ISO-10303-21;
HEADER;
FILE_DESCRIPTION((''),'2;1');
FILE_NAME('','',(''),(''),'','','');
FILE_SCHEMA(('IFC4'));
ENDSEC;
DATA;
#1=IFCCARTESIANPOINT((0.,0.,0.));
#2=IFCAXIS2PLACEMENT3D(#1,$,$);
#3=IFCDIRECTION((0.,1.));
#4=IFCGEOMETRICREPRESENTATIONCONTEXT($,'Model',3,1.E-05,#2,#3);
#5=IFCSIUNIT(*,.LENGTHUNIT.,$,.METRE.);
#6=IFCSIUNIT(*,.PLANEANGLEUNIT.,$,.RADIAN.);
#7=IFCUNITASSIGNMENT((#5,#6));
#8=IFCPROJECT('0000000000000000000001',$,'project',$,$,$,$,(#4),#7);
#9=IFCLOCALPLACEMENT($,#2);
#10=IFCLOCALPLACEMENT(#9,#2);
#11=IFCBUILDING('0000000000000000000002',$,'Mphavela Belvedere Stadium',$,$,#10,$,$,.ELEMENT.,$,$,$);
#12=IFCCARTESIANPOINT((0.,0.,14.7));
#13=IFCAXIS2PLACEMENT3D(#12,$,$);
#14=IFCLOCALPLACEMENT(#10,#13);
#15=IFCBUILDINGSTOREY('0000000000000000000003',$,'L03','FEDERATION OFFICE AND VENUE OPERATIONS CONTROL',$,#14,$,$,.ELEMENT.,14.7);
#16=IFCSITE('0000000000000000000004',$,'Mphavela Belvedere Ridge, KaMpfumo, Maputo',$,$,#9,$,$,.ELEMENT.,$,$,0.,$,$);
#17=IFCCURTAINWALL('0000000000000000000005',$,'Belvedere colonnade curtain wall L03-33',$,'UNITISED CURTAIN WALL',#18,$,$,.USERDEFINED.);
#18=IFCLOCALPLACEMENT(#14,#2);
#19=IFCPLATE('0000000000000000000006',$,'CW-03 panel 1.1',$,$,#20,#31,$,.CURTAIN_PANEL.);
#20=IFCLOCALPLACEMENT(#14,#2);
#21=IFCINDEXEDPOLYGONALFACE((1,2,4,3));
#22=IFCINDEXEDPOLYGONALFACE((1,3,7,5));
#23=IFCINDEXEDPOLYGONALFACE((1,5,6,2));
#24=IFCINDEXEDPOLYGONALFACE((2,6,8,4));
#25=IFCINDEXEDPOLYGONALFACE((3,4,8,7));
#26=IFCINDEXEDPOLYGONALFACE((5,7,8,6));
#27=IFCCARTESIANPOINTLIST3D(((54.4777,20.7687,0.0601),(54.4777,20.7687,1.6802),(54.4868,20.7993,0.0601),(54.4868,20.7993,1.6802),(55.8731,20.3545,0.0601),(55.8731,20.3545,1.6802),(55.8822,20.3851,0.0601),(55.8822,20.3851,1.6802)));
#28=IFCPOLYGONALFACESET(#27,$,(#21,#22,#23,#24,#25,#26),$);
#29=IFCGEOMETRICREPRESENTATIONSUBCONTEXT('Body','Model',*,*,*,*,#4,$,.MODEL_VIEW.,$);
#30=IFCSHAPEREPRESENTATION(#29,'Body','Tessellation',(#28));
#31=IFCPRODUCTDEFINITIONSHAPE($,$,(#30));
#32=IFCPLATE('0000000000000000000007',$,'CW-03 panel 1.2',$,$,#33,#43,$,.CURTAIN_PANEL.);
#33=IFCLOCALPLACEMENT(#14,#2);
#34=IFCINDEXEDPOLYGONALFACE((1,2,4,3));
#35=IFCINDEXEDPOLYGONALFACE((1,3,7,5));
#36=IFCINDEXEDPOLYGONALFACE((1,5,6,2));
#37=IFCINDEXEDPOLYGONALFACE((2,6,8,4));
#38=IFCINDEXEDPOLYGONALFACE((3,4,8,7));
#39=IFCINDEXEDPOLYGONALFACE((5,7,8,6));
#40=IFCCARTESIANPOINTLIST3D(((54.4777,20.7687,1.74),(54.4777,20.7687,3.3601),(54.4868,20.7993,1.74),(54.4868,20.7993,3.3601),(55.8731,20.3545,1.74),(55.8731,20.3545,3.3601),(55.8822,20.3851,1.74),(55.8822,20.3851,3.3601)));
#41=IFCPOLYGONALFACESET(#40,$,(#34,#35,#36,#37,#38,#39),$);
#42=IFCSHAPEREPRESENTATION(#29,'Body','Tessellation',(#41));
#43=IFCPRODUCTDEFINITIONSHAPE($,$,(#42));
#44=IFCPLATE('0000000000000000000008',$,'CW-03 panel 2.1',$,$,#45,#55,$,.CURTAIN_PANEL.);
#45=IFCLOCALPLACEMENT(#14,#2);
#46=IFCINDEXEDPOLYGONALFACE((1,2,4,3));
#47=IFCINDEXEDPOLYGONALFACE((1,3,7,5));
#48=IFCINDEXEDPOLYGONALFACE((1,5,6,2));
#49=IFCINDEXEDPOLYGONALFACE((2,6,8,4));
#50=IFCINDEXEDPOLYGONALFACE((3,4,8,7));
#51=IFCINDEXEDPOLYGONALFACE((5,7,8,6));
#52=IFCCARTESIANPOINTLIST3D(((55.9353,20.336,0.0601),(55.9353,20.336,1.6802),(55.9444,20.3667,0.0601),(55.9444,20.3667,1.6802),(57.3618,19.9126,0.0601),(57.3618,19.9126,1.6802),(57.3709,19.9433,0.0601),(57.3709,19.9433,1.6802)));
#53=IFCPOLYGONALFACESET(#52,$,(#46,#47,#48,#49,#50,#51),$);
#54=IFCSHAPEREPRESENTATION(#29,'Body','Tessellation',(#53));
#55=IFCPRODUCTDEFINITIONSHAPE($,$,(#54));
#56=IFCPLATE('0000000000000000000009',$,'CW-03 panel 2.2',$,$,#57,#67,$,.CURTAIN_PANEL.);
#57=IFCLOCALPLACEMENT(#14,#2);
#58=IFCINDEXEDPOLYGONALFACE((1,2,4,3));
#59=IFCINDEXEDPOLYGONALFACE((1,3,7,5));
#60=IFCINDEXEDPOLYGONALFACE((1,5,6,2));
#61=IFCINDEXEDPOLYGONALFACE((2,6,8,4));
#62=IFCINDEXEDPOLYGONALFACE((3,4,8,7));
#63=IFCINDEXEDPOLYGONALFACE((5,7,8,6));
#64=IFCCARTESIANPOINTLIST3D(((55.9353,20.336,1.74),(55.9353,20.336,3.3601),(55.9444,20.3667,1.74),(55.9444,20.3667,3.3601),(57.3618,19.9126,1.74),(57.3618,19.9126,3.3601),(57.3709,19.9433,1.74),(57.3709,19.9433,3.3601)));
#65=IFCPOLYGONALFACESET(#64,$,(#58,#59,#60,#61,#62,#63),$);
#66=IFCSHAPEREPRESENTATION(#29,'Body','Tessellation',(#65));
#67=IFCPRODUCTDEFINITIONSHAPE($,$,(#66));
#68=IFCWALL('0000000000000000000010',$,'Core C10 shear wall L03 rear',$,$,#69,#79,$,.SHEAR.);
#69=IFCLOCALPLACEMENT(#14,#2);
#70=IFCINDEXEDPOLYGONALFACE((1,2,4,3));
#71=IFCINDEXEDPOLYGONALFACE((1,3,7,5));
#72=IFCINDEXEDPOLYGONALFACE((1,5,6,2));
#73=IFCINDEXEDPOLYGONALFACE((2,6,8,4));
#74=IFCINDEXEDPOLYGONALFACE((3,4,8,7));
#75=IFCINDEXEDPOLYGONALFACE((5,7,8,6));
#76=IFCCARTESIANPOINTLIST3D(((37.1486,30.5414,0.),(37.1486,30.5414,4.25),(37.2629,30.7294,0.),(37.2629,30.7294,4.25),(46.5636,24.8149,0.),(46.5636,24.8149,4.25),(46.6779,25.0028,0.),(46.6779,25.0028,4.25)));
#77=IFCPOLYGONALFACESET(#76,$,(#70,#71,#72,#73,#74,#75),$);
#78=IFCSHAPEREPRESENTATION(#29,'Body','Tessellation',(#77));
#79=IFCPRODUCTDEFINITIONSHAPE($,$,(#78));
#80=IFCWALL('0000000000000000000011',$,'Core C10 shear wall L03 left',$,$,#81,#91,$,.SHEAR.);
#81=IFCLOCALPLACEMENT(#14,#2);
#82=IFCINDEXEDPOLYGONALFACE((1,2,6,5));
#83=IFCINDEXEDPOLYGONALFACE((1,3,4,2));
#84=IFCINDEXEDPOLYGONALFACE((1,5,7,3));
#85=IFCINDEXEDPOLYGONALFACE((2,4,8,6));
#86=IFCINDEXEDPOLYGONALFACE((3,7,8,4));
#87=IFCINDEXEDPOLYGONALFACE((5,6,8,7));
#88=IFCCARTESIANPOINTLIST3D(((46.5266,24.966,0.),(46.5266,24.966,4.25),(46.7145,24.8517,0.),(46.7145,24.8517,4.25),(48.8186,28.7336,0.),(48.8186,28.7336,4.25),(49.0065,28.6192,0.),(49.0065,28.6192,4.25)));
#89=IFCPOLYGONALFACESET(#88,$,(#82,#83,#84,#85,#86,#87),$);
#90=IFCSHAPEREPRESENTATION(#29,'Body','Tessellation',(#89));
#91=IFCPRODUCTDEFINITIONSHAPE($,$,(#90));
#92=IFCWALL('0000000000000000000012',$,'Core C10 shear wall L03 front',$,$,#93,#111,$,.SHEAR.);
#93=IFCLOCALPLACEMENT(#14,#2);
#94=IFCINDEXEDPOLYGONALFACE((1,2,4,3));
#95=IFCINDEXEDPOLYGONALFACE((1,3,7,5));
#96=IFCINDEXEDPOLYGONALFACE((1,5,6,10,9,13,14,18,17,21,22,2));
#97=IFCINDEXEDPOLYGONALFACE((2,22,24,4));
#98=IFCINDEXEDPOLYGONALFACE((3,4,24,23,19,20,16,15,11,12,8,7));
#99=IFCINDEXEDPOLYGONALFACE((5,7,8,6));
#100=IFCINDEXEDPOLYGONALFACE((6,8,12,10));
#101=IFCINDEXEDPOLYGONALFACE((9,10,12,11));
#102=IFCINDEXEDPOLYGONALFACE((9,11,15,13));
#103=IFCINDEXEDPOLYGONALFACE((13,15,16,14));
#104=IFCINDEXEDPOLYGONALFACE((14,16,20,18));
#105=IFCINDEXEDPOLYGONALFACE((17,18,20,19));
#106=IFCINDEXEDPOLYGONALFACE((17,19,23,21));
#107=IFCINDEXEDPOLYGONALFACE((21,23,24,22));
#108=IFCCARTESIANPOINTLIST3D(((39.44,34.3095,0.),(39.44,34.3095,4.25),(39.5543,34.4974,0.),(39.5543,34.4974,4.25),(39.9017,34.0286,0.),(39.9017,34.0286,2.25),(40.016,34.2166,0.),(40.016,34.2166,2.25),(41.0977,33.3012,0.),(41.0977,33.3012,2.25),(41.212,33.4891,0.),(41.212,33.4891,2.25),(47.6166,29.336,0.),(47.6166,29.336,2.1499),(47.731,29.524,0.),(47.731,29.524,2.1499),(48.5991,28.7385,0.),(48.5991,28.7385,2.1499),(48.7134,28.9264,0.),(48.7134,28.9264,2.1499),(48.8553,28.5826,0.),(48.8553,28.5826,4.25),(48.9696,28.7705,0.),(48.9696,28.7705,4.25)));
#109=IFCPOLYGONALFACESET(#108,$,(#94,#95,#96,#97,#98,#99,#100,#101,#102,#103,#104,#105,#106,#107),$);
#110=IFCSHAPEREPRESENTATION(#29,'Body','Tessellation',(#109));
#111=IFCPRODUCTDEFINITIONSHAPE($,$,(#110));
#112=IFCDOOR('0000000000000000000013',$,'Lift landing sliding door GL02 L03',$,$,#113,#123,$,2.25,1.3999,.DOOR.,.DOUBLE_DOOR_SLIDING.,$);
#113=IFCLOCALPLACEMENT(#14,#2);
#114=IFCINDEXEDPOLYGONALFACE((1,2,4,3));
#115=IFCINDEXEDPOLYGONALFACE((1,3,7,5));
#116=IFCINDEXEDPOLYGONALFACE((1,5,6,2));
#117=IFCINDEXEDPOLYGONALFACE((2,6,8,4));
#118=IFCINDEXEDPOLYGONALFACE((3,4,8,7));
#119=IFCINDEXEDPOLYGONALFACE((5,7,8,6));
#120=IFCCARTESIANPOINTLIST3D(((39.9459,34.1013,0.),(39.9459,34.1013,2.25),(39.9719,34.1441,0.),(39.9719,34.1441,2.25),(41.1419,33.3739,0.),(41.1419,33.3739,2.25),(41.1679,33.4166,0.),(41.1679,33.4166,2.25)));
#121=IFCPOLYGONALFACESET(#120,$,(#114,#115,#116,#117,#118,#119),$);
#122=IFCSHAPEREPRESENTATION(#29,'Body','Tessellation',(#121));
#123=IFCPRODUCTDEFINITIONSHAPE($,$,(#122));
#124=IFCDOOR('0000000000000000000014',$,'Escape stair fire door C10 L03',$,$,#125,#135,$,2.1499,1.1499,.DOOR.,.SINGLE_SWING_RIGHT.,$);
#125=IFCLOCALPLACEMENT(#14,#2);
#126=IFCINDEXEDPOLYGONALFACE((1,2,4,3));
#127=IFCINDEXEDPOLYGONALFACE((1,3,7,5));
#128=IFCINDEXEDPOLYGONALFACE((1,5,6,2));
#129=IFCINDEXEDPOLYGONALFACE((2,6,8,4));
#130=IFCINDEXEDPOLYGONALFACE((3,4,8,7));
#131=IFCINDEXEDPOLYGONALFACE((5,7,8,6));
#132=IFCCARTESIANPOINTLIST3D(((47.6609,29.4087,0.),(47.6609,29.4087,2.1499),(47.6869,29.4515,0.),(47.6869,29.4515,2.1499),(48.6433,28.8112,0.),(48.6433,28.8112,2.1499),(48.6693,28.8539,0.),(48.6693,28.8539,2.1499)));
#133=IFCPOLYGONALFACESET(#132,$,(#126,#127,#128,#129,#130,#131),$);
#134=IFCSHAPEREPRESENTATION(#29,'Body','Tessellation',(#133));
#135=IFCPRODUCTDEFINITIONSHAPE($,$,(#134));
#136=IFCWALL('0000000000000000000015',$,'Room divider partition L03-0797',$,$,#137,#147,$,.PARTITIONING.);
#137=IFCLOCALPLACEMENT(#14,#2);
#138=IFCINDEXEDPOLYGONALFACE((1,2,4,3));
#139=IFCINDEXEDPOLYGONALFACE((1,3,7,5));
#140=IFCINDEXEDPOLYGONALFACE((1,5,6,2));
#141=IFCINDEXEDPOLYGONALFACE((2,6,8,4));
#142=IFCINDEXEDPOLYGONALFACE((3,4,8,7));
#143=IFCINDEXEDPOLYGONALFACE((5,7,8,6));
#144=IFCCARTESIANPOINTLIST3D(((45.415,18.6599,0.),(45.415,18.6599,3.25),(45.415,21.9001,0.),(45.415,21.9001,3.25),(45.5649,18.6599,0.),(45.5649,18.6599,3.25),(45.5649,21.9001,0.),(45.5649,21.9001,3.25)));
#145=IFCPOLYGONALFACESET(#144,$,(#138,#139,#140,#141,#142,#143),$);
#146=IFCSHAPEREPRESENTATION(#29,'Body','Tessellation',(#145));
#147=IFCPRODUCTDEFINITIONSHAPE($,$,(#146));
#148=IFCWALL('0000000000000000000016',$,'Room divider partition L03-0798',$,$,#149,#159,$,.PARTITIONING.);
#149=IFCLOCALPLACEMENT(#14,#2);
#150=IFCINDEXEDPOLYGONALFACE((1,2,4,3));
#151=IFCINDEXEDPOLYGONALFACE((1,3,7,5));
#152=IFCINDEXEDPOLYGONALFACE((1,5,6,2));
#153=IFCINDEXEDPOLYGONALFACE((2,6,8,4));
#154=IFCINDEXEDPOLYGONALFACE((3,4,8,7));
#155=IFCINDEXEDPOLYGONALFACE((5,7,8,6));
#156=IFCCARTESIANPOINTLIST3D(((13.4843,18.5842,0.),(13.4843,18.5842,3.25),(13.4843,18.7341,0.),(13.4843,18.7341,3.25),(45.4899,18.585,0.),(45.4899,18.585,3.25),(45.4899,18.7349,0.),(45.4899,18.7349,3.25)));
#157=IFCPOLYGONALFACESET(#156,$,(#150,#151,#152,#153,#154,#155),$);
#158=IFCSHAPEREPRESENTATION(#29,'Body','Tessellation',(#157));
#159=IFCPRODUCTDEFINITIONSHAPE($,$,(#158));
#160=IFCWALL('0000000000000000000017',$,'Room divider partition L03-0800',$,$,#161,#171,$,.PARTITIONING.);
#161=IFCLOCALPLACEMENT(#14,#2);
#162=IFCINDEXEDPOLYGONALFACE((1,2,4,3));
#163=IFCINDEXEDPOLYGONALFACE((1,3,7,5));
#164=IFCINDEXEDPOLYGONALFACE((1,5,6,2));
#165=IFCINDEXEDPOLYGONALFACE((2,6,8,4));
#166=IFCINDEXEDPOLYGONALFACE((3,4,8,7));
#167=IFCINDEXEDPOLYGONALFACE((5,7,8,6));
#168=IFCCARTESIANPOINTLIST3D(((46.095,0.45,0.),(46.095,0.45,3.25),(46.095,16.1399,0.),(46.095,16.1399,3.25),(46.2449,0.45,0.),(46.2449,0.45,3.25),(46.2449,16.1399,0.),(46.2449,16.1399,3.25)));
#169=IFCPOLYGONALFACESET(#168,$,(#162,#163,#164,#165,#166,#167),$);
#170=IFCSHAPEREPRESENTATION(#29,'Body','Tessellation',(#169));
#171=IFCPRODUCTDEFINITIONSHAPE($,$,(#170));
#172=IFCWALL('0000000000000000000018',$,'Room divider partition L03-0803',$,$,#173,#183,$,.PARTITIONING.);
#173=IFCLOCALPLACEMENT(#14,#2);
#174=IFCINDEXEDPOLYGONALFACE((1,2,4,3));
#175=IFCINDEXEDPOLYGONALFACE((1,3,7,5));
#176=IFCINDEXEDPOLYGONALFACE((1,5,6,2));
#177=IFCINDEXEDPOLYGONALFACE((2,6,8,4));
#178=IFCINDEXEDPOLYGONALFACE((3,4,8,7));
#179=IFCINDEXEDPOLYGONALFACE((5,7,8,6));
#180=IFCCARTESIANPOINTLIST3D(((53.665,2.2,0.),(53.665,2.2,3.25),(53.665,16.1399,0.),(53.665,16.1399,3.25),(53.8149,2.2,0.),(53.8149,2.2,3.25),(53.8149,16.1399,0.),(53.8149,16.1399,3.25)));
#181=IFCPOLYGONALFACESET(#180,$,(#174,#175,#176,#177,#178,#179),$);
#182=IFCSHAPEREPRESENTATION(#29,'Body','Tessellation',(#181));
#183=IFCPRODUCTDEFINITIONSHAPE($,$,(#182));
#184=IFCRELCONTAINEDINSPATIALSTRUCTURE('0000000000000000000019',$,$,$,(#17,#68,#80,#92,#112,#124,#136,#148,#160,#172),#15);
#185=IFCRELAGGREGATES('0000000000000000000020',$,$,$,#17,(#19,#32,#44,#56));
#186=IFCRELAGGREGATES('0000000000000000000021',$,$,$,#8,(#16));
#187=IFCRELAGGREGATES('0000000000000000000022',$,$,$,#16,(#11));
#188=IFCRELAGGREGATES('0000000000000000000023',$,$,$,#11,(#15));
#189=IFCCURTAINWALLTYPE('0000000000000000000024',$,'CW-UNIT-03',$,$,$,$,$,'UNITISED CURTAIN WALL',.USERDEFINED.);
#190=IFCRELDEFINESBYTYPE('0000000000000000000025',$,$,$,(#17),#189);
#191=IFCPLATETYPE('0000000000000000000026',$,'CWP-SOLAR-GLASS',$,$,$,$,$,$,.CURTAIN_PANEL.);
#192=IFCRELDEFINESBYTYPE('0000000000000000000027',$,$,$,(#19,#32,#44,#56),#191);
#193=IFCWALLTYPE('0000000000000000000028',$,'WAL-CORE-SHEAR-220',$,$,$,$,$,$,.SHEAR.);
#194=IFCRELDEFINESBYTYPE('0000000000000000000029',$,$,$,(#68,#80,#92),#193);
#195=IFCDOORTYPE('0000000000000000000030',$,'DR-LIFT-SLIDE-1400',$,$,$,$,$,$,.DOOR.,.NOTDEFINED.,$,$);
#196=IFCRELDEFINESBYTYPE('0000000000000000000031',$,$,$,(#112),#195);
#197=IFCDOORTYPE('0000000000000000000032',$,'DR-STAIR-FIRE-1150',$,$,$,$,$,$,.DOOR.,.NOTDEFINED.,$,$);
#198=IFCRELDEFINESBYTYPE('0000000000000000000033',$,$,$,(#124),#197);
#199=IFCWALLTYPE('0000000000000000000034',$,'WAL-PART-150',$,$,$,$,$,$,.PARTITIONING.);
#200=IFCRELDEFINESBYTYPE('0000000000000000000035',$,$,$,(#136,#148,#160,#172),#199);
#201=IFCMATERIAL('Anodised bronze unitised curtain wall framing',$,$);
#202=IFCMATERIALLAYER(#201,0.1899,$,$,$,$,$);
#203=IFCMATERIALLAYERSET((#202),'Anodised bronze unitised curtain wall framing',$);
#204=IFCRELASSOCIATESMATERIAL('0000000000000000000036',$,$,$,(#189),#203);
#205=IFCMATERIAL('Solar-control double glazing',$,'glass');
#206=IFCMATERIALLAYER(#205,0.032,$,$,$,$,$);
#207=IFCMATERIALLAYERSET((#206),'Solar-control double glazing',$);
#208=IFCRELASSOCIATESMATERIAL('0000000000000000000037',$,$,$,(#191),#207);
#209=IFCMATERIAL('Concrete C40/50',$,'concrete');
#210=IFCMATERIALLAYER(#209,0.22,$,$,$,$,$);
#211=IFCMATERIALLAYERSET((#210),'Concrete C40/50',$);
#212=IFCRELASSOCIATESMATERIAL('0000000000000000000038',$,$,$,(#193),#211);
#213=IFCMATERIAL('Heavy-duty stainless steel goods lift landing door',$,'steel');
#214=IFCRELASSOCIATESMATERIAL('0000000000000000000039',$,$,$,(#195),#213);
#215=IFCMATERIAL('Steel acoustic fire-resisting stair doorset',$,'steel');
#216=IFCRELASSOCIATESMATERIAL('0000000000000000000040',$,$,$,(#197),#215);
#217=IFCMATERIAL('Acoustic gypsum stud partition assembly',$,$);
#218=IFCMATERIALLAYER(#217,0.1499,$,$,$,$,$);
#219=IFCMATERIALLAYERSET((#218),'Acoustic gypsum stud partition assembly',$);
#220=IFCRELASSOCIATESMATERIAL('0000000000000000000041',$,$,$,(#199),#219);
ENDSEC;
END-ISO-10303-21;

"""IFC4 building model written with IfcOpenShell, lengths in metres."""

from ifc_helpers import new_model, si_unit, direction, frame, frame_2d, origin, origin_2d, place, context, subcontext, project, spatial, rectangle, extrude, material, layer, layer_set, type_object, element, fill, aggregate, save


model = new_model("IFC4")

# Units and contexts
model_context = context("Model", 3, precision=1e-05, world=origin(), true_north=direction((0.0, 1.0)))
body_context = subcontext(model_context, "Body", "Model", "MODEL_VIEW")
ifc_project = project(units=[si_unit("LENGTHUNIT", "METRE"), si_unit("PLANEANGLEUNIT", "RADIAN")], contexts=[model_context])

# Site, building, storey
site_placement = place(None, origin())
site = spatial("IfcSite", under=ifc_project, at=site_placement, Name="Mphavela Belvedere Ridge, KaMpfumo, Maputo", CompositionType="ELEMENT", RefElevation=0.0)
building_placement = place(site_placement, origin())
building = spatial("IfcBuilding", under=site, at=building_placement, Name="Mphavela Belvedere Stadium", CompositionType="ELEMENT")
storey_placement = place(building_placement, frame((0.0, 0.0, 14.7)))
storey = spatial("IfcBuildingStorey", under=building, at=storey_placement, Name="L03", Description="FEDERATION OFFICE AND VENUE OPERATIONS CONTROL", CompositionType="ELEMENT", Elevation=14.7)

# Curtain wall, plates
ifc_material_1 = material(Name="Anodised bronze unitised curtain wall framing")
ifc_layer_1 = layer(ifc_material_1, 0.1899)
ifc_layer_set_1 = layer_set([ifc_layer_1], Name="Anodised bronze unitised curtain wall framing")
curtain_wall_type = type_object("IfcCurtainWallType", Name="CW-UNIT-03", ElementType="UNITISED CURTAIN WALL", PredefinedType="USERDEFINED", material=ifc_layer_set_1)
curtain_wall_placement = place(storey_placement, origin())
curtain_wall = element("IfcCurtainWall", 1, at=curtain_wall_placement, inside=storey, type_object=curtain_wall_type, Name="Belvedere colonnade curtain wall L03-33", ObjectType="UNITISED CURTAIN WALL", PredefinedType="USERDEFINED")
ifc_material_2 = material(Name="Solar-control double glazing", Category="glass")
ifc_layer_2 = layer(ifc_material_2, 0.032)
ifc_layer_set_2 = layer_set([ifc_layer_2], Name="Solar-control double glazing")
plate_type = type_object("IfcPlateType", Name="CWP-SOLAR-GLASS", PredefinedType="CURTAIN_PANEL", material=ifc_layer_set_2)
plate_1_placement = place(storey_placement, frame((55.1799, 20.5769, 0.0601), z_axis=(0.0, 0.0, 1.0), x_axis=(0.958657, -0.284565, 0.0)))
plate_1 = element("IfcPlate", 2, at=plate_1_placement, type_object=plate_type, Name="CW-03 panel 1.1", PredefinedType="CURTAIN_PANEL", context=body_context, shape_type="SweptSolid", body=[
    extrude(rectangle(XDim=1.4556, YDim=0.032, at=origin_2d()), origin(), (0.0, 0.0, 1.0), 1.6201),
])
plate_2_placement = place(storey_placement, frame((55.1799, 20.5769, 1.74), z_axis=(0.0, 0.0, 1.0), x_axis=(0.958657, -0.284565, 0.0)))
plate_2 = element("IfcPlate", 3, at=plate_2_placement, type_object=plate_type, Name="CW-03 panel 1.2", PredefinedType="CURTAIN_PANEL", context=body_context, shape_type="SweptSolid", body=[
    extrude(rectangle(XDim=1.4556, YDim=0.032, at=origin_2d()), origin(), (0.0, 0.0, 1.0), 1.6201),
])
plate_3_placement = place(storey_placement, frame((56.6531, 20.1396, 0.0601), z_axis=(0.0, 0.0, 1.0), x_axis=(0.958657, -0.284565, 0.0)))
plate_3 = element("IfcPlate", 4, at=plate_3_placement, type_object=plate_type, Name="CW-03 panel 2.1", PredefinedType="CURTAIN_PANEL", context=body_context, shape_type="SweptSolid", body=[
    extrude(rectangle(XDim=1.488, YDim=0.032, at=origin_2d()), origin(), (0.0, 0.0, 1.0), 1.6201),
])
plate_4_placement = place(storey_placement, frame((56.6531, 20.1396, 1.74), z_axis=(0.0, 0.0, 1.0), x_axis=(0.958657, -0.284565, 0.0)))
plate_4 = element("IfcPlate", 5, at=plate_4_placement, type_object=plate_type, Name="CW-03 panel 2.2", PredefinedType="CURTAIN_PANEL", context=body_context, shape_type="SweptSolid", body=[
    extrude(rectangle(XDim=1.488, YDim=0.032, at=origin_2d()), origin(), (0.0, 0.0, 1.0), 1.6201),
])
aggregate(curtain_wall, [plate_1, plate_2, plate_3, plate_4])

# Walls
ifc_material_3 = material(Name="Concrete C40/50", Category="concrete")
ifc_layer_3 = layer(ifc_material_3, 0.22)
ifc_layer_set_3 = layer_set([ifc_layer_3], Name="Concrete C40/50")
wall_type_1 = type_object("IfcWallType", Name="WAL-CORE-SHEAR-220", PredefinedType="SHEAR", material=ifc_layer_set_3)
wall_1_placement = place(storey_placement, frame((46.6206, 24.9089, 0.0), z_axis=(0.0, 0.0, 1.0), x_axis=(-0.854373, 0.51966, 0.0)))
element("IfcWall", 6, at=wall_1_placement, inside=storey, type_object=wall_type_1, Name="Core C10 shear wall L03 rear", PredefinedType="SHEAR", context=body_context, shape_type="SweptSolid", body=[
    extrude(rectangle(XDim=11.0198, YDim=0.22, at=frame_2d((5.5098, 0.0))), origin(), (0.0, 0.0, 1.0), 4.25),
])
wall_2_placement = place(storey_placement, frame((48.9126, 28.6765, 0.0), z_axis=(0.0, 0.0, 1.0), x_axis=(-0.519729, -0.854331, 0.0)))
element("IfcWall", 7, at=wall_2_placement, inside=storey, type_object=wall_type_1, Name="Core C10 shear wall L03 left", PredefinedType="SHEAR", context=body_context, shape_type="SweptSolid", body=[
    extrude(rectangle(XDim=4.4099, YDim=0.22, at=frame_2d((2.2051, 0.0))), origin(), (0.0, 0.0, 1.0), 4.25),
])

# Wall, openings, doors
wall_3_placement = place(storey_placement, frame((48.9126, 28.6765, 0.0), z_axis=(0.0, 0.0, 1.0), x_axis=(-0.854369, 0.519666, 0.0)))
wall_3 = element("IfcWall", 8, at=wall_3_placement, inside=storey, type_object=wall_type_1, Name="Core C10 shear wall L03 front", PredefinedType="SHEAR", context=body_context, shape_type="SweptSolid", body=[
    extrude(rectangle(XDim=11.0203, YDim=0.22, at=frame_2d((5.5103, 0.0))), origin(), (0.0, 0.0, 1.0), 4.25),
])
opening_1_placement = place(wall_3_placement, frame((0.3, 0.0, 0.0)))
opening_1 = element("IfcOpeningElement", 9, at=opening_1_placement, cuts=wall_3, PredefinedType="OPENING", context=body_context, shape_type="SweptSolid", body=[
    extrude(rectangle(XDim=1.1499, YDim=2.1499, at=frame_2d((0.575, 1.075))), frame((0.0, 0.1201, 0.0), z_axis=(0.0, -1.0, 0.0), x_axis=(1.0, 0.0, 0.0)), (0.0, 0.0, 1.0), 0.24),
])
opening_2_placement = place(wall_3_placement, frame((9.0801, 0.0, 0.0)))
opening_2 = element("IfcOpeningElement", 10, at=opening_2_placement, cuts=wall_3, PredefinedType="OPENING", context=body_context, shape_type="SweptSolid", body=[
    extrude(rectangle(XDim=1.3999, YDim=2.25, at=frame_2d((0.7, 1.125))), frame((0.0, 0.1201, 0.0), z_axis=(0.0, -1.0, 0.0), x_axis=(1.0, 0.0, 0.0)), (0.0, 0.0, 1.0), 0.24),
])
ifc_material_4 = material(Name="Heavy-duty stainless steel goods lift landing door", Category="steel")
door_type_1 = type_object("IfcDoorType", Name="DR-LIFT-SLIDE-1400", OperationType="NOTDEFINED", PredefinedType="DOOR", material=ifc_material_4)
door_1_placement = place(opening_2_placement, origin())
door_1 = element("IfcDoor", 11, at=door_1_placement, inside=storey, type_object=door_type_1, Name="Lift landing sliding door GL02 L03", OperationType="DOUBLE_DOOR_SLIDING", OverallHeight=2.25, OverallWidth=1.3999, PredefinedType="DOOR", context=body_context, shape_type="SweptSolid", body=[
    extrude(rectangle(XDim=1.3999, YDim=2.25, at=frame_2d((0.7, 1.125))), frame((0.0, 0.0249, 0.0), z_axis=(0.0, -1.0, 0.0), x_axis=(1.0, 0.0, 0.0)), (0.0, 0.0, 1.0), 0.05),
])
fill(opening_2, door_1)
ifc_material_5 = material(Name="Steel acoustic fire-resisting stair doorset", Category="steel")
door_type_2 = type_object("IfcDoorType", Name="DR-STAIR-FIRE-1150", OperationType="NOTDEFINED", PredefinedType="DOOR", material=ifc_material_5)
door_2_placement = place(opening_1_placement, origin())
door_2 = element("IfcDoor", 12, at=door_2_placement, inside=storey, type_object=door_type_2, Name="Escape stair fire door C10 L03", OperationType="SINGLE_SWING_RIGHT", OverallHeight=2.1499, OverallWidth=1.1499, PredefinedType="DOOR", context=body_context, shape_type="SweptSolid", body=[
    extrude(rectangle(XDim=1.1499, YDim=2.1499, at=frame_2d((0.575, 1.075))), frame((0.0, 0.0249, 0.0), z_axis=(0.0, -1.0, 0.0), x_axis=(1.0, 0.0, 0.0)), (0.0, 0.0, 1.0), 0.05),
])
fill(opening_1, door_2)

# Walls
ifc_material_6 = material(Name="Acoustic gypsum stud partition assembly")
ifc_layer_4 = layer(ifc_material_6, 0.1499)
ifc_layer_set_4 = layer_set([ifc_layer_4], Name="Acoustic gypsum stud partition assembly")
wall_type_2 = type_object("IfcWallType", Name="WAL-PART-150", PredefinedType="PARTITIONING", material=ifc_layer_set_4)
wall_4_placement = place(storey_placement, frame((45.49, 21.9001, 0.0), z_axis=(0.0, 0.0, 1.0), x_axis=(0.0, -1.0, 0.0)))
element("IfcWall", 13, at=wall_4_placement, inside=storey, type_object=wall_type_2, Name="Room divider partition L03-0797", PredefinedType="PARTITIONING", context=body_context, shape_type="SweptSolid", body=[
    extrude(rectangle(XDim=3.2402, YDim=0.1499, at=frame_2d((1.6201, 0.0))), origin(), (0.0, 0.0, 1.0), 3.25),
])
wall_5_placement = place(storey_placement, frame((45.49, 18.6599, 0.0), z_axis=(0.0, 0.0, 1.0), x_axis=(-1.0, -0.000023, 0.0)))
element("IfcWall", 14, at=wall_5_placement, inside=storey, type_object=wall_type_2, Name="Room divider partition L03-0798", PredefinedType="PARTITIONING", context=body_context, shape_type="SweptSolid", body=[
    extrude(rectangle(XDim=32.0056, YDim=0.1499, at=frame_2d((16.0029, 0.0))), origin(), (0.0, 0.0, 1.0), 3.25),
])
wall_6_placement = place(storey_placement, frame((46.1699, 16.1399, 0.0), z_axis=(0.0, 0.0, 1.0), x_axis=(0.0, -1.0, 0.0)))
element("IfcWall", 15, at=wall_6_placement, inside=storey, type_object=wall_type_2, Name="Room divider partition L03-0800", PredefinedType="PARTITIONING", context=body_context, shape_type="SweptSolid", body=[
    extrude(rectangle(XDim=15.6899, YDim=0.1499, at=frame_2d((7.845, 0.0))), origin(), (0.0, 0.0, 1.0), 3.25),
])
wall_7_placement = place(storey_placement, frame((53.74, 16.1399, 0.0), z_axis=(0.0, 0.0, 1.0), x_axis=(0.0, -1.0, 0.0)))
element("IfcWall", 16, at=wall_7_placement, inside=storey, type_object=wall_type_2, Name="Room divider partition L03-0803", PredefinedType="PARTITIONING", context=body_context, shape_type="SweptSolid", body=[
    extrude(rectangle(XDim=13.9399, YDim=0.1499, at=frame_2d((6.97, 0.0))), origin(), (0.0, 0.0, 1.0), 3.25),
])

save(model, "model.ifc")
